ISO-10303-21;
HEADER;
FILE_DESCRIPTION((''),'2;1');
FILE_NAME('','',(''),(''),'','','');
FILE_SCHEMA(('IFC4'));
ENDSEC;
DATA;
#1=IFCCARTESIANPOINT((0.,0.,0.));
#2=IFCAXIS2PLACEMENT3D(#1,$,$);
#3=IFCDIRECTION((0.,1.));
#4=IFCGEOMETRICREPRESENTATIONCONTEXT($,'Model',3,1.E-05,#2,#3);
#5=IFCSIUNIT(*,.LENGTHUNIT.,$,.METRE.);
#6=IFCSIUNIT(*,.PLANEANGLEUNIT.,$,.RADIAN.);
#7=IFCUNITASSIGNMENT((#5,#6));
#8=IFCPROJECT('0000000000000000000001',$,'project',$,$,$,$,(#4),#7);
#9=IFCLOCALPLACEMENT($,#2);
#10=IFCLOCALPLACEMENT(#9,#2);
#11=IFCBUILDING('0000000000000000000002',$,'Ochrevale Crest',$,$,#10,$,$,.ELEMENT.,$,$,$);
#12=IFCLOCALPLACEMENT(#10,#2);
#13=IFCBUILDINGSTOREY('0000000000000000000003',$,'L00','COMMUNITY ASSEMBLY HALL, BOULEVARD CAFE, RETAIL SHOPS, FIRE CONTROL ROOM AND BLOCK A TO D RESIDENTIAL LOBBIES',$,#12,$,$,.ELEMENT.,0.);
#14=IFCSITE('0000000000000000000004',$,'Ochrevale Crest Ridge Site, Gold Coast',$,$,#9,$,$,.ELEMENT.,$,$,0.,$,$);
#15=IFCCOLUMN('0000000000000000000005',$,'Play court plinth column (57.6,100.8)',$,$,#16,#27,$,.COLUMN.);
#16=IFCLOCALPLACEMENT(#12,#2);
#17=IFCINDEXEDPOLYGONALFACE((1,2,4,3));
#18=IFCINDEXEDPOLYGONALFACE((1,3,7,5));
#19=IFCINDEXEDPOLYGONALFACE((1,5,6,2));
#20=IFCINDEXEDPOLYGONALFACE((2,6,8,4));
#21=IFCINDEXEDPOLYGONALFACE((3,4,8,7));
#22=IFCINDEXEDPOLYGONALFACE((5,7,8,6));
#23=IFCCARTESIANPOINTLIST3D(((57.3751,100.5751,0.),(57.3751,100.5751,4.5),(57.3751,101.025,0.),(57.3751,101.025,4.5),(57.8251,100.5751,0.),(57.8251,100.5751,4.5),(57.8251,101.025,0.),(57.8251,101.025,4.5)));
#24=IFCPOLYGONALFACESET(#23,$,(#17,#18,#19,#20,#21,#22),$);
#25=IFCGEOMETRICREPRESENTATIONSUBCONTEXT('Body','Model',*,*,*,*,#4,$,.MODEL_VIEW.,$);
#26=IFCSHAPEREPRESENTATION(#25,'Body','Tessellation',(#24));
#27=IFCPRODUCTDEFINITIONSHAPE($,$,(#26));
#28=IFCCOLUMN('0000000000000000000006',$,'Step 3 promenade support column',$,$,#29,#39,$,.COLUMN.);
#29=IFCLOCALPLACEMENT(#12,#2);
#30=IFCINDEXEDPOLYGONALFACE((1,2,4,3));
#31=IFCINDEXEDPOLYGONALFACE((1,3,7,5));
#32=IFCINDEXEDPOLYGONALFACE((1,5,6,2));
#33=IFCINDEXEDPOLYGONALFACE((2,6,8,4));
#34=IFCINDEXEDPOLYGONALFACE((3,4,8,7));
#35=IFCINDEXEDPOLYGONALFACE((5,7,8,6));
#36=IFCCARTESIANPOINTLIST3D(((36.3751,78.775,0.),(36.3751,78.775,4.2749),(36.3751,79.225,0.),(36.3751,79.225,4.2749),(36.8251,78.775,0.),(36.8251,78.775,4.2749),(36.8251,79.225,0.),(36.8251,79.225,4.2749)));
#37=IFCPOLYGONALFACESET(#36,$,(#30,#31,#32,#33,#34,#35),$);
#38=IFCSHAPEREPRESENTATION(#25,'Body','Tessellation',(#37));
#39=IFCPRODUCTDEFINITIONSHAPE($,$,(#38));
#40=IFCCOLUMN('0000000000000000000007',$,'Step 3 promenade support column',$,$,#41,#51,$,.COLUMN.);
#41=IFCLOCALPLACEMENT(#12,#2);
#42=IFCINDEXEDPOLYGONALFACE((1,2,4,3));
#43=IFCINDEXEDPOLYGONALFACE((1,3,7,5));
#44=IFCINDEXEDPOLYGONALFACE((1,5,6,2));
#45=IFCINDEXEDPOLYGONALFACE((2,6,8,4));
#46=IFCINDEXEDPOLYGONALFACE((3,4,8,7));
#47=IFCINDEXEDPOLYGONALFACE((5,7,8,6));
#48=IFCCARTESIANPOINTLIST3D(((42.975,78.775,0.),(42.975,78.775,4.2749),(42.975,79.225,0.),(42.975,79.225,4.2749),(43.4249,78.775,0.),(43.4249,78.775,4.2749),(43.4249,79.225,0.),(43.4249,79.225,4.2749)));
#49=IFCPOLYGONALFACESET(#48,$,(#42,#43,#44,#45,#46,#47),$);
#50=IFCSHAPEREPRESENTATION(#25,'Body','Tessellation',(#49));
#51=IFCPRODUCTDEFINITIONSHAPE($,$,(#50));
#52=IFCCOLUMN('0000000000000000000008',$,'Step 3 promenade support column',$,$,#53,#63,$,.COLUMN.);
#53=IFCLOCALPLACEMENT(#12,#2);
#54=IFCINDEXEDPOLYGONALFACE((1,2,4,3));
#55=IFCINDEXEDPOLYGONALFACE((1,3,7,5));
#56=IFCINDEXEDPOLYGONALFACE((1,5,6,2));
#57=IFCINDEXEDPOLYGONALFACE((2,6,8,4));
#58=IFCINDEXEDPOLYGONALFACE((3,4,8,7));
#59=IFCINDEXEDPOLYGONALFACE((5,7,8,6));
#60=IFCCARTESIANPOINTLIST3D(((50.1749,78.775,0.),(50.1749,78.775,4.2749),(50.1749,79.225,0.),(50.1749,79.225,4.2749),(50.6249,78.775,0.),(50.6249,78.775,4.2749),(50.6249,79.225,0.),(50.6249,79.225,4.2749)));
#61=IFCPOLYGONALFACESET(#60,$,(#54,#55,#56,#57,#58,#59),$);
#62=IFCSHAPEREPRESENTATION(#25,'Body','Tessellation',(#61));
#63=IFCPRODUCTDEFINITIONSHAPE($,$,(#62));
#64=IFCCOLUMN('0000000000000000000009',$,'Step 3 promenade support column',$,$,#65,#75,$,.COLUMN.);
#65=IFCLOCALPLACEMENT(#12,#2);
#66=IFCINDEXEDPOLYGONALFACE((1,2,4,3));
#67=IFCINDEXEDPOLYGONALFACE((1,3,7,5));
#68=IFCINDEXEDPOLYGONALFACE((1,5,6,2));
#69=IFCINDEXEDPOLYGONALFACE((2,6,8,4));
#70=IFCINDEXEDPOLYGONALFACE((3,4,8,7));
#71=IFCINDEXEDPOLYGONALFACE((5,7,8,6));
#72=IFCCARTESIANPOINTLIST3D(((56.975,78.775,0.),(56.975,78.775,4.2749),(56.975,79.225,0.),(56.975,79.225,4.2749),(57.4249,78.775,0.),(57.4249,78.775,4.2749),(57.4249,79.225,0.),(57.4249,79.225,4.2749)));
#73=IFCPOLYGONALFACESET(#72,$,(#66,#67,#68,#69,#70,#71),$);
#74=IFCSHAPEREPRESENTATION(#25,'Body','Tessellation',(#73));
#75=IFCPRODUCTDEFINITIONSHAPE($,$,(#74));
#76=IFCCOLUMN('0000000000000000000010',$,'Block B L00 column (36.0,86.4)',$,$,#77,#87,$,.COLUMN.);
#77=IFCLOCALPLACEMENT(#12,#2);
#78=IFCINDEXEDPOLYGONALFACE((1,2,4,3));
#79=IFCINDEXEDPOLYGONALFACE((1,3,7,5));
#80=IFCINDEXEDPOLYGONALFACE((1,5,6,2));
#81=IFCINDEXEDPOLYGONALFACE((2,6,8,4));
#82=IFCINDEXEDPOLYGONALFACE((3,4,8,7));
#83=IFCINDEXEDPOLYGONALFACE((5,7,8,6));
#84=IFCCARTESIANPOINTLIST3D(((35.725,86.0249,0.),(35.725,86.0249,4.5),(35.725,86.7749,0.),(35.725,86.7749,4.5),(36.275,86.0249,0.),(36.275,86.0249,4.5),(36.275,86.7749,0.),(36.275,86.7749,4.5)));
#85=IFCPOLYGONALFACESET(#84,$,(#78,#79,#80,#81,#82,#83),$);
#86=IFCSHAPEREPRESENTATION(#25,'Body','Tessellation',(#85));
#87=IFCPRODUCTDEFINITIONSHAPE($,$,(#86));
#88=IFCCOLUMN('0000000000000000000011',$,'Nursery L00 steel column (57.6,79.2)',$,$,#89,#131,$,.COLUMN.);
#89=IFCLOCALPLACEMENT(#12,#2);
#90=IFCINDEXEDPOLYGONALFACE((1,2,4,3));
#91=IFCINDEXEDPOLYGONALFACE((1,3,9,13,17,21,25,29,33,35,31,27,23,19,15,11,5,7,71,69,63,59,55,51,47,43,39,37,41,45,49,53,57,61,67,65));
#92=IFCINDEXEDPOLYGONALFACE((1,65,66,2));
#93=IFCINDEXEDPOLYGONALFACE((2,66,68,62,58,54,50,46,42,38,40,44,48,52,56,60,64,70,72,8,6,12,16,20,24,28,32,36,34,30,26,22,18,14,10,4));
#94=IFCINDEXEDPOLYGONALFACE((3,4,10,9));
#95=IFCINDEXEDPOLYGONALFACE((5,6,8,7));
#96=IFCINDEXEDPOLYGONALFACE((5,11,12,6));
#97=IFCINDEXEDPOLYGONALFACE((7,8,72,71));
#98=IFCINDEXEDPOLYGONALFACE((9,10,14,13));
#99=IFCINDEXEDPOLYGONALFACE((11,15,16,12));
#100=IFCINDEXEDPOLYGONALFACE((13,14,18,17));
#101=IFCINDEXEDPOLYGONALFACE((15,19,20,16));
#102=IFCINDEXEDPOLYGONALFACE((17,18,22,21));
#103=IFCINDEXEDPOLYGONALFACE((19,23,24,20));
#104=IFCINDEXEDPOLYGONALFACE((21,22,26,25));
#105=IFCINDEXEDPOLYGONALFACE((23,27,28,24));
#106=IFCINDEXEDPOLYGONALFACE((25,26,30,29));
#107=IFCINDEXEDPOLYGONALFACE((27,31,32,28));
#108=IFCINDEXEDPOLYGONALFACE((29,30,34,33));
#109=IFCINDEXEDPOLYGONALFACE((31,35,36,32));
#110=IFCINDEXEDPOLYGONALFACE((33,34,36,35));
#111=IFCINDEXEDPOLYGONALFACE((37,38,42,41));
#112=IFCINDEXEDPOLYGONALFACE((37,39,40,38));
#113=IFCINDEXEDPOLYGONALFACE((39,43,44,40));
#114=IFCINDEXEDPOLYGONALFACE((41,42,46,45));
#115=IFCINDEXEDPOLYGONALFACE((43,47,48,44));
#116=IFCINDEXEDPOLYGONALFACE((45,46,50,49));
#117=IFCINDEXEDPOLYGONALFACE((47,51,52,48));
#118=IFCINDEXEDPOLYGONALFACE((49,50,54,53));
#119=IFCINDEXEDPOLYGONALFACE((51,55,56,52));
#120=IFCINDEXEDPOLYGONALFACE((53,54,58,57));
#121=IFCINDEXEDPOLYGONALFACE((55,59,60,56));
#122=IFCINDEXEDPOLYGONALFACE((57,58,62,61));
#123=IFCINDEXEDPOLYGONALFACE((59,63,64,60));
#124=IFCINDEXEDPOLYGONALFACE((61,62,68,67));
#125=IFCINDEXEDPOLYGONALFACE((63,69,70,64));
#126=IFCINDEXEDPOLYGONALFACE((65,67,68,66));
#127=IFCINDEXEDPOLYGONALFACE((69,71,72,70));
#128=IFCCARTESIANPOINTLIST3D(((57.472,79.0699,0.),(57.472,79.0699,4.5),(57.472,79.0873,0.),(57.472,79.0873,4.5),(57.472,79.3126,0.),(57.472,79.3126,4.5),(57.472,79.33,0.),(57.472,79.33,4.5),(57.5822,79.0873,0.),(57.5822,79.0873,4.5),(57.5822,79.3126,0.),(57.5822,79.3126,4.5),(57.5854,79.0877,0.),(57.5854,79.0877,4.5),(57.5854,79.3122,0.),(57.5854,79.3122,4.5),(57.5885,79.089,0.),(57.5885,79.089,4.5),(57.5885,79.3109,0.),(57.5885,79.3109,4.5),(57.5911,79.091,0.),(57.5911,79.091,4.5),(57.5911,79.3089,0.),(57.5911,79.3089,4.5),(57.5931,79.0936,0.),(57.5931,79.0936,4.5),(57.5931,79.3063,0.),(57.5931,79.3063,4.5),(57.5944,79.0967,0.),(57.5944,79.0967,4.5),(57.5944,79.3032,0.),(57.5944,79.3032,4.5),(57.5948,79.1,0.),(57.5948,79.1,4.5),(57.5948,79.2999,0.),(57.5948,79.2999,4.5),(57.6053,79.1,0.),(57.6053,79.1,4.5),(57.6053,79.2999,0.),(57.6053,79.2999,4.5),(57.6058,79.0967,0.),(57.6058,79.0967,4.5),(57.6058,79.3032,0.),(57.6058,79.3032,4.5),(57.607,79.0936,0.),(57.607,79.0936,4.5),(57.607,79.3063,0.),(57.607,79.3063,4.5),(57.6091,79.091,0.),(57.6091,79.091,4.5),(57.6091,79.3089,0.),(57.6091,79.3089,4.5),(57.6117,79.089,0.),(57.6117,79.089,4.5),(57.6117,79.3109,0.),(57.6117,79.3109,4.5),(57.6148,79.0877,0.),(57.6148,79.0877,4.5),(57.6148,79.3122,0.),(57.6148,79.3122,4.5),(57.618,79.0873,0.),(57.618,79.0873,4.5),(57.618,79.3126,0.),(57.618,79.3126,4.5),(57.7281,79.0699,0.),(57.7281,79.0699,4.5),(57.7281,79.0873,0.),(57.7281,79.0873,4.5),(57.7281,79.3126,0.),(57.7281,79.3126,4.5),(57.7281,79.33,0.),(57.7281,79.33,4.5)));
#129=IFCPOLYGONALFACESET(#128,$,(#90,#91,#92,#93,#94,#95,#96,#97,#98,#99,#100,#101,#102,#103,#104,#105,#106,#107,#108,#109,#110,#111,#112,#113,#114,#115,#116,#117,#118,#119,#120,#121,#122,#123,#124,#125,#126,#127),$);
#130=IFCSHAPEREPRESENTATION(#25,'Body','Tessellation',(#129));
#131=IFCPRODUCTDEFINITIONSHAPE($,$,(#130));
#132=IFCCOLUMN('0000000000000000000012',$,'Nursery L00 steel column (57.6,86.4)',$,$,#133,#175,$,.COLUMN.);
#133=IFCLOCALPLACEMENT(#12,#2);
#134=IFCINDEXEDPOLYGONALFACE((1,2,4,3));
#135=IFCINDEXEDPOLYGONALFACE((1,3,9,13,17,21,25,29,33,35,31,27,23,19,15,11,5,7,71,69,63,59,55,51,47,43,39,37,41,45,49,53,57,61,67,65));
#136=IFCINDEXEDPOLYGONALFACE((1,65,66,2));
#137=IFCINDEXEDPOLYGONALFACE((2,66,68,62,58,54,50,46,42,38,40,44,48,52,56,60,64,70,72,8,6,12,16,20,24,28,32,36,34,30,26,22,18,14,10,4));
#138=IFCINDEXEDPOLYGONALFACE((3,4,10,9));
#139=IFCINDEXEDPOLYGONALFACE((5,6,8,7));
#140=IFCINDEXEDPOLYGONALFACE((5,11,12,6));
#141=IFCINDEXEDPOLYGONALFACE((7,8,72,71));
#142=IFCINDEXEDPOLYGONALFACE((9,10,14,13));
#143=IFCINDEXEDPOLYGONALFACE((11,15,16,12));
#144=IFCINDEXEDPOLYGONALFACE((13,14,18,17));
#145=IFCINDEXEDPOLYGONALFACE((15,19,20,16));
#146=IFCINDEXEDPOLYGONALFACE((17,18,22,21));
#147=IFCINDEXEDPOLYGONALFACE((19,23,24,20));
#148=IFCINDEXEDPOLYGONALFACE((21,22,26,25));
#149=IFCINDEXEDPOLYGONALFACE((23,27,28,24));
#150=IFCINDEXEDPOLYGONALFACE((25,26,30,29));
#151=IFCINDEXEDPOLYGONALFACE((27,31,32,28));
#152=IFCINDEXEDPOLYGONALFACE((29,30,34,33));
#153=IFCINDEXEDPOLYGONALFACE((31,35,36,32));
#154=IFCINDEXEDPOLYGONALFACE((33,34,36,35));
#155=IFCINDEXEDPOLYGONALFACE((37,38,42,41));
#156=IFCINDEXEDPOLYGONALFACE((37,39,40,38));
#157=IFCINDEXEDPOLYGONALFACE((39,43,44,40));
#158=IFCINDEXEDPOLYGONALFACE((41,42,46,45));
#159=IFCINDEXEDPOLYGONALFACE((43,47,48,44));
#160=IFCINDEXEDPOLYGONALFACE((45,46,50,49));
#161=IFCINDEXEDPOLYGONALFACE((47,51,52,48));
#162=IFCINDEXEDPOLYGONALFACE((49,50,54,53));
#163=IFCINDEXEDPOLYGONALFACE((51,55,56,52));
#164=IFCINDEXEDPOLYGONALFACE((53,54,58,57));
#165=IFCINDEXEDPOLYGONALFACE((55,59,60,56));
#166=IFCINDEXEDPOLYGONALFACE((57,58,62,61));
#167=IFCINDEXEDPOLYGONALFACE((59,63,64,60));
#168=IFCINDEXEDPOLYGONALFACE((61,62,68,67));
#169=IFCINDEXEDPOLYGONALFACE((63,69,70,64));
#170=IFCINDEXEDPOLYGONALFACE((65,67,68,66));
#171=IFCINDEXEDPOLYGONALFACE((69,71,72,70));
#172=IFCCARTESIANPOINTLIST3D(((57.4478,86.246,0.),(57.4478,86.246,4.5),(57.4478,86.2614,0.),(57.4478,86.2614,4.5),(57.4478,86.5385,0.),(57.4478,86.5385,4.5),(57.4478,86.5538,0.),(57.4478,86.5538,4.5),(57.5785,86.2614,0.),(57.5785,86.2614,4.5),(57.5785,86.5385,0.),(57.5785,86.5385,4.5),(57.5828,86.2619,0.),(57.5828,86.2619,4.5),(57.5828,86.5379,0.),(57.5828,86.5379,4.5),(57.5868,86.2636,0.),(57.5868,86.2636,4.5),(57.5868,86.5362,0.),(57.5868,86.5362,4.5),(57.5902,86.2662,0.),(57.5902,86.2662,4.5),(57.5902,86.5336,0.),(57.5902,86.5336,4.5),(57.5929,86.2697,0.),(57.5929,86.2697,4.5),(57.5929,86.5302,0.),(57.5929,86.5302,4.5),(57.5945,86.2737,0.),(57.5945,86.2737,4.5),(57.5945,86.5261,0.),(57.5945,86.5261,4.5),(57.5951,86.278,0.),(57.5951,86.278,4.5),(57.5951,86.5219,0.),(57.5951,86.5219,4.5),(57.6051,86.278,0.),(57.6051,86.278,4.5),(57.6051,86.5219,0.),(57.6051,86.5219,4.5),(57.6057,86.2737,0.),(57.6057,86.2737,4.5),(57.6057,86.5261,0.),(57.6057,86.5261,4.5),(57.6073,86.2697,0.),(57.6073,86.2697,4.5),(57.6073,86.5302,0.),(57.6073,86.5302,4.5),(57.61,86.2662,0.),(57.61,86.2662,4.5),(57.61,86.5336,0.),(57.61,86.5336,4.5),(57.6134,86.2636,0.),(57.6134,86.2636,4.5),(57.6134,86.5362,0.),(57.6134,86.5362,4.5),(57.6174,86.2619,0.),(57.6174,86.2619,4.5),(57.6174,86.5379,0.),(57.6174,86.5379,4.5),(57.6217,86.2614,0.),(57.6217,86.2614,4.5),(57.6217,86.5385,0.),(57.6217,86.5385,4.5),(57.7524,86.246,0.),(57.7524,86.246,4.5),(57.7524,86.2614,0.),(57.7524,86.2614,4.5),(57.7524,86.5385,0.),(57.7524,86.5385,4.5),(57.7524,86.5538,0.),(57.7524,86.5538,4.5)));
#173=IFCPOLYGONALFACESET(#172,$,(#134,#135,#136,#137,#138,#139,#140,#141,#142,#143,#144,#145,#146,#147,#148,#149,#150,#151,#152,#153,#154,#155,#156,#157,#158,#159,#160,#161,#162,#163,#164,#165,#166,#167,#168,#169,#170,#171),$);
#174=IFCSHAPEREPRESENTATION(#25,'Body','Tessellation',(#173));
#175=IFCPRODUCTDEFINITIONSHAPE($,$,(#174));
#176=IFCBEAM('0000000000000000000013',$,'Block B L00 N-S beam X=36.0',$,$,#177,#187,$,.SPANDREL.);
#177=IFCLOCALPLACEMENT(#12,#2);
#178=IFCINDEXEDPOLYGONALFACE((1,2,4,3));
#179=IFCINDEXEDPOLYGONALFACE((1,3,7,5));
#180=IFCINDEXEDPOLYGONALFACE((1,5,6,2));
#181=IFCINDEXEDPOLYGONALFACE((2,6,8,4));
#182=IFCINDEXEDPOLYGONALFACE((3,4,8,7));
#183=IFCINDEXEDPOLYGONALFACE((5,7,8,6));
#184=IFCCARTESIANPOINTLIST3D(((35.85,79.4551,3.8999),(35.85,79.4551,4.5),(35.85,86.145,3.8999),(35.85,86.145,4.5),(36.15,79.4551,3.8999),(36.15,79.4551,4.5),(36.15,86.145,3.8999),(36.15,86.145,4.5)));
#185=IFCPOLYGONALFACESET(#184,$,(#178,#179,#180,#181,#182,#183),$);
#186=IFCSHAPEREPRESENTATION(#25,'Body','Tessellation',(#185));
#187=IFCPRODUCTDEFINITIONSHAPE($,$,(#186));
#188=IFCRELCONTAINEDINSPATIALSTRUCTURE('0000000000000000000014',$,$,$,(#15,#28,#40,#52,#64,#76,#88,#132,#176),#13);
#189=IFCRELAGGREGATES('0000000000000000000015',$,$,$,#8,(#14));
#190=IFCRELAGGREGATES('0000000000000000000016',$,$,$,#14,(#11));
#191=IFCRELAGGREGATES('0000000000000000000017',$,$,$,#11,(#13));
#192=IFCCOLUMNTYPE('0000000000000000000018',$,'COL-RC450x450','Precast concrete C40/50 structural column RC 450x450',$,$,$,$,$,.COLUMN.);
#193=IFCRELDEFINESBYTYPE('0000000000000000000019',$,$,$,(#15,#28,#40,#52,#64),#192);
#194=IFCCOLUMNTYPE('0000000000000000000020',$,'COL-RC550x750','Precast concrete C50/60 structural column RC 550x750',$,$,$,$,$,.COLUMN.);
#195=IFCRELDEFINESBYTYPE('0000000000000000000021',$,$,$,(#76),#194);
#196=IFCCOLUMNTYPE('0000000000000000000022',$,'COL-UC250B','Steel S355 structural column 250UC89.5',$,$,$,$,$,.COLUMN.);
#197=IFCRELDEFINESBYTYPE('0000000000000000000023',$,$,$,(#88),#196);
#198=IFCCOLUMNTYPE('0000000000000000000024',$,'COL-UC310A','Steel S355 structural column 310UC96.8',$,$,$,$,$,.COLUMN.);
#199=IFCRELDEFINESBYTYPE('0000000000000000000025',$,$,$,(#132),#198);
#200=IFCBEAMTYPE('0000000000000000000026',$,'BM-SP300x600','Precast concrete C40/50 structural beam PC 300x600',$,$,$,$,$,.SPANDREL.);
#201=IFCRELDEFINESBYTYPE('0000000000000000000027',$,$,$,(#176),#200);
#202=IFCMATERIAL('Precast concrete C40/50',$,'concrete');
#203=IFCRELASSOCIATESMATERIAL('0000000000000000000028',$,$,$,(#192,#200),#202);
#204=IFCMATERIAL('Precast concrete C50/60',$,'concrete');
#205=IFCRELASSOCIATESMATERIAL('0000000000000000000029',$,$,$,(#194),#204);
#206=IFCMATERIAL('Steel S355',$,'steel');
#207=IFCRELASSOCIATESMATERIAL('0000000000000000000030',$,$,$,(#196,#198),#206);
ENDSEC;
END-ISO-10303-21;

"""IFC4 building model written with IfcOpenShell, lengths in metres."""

from ifc_helpers import new_model, si_unit, direction, frame, origin, origin_2d, place, context, subcontext, project, spatial, rectangle, i_section, extrude, material, material_profile, profile_set, type_object, element, save


model = new_model("IFC4")

# Units and contexts
model_context = context("Model", 3, precision=1e-05, world=origin(), true_north=direction((0.0, 1.0)))
body_context = subcontext(model_context, "Body", "Model", "MODEL_VIEW")
ifc_project = project(units=[si_unit("LENGTHUNIT", "METRE"), si_unit("PLANEANGLEUNIT", "RADIAN")], contexts=[model_context])

# Site, building, storey
site_placement = place(None, origin())
site = spatial("IfcSite", under=ifc_project, at=site_placement, Name="Ochrevale Crest Ridge Site, Gold Coast", CompositionType="ELEMENT", RefElevation=0.0)
building_placement = place(site_placement, origin())
building = spatial("IfcBuilding", under=site, at=building_placement, Name="Ochrevale Crest", CompositionType="ELEMENT")
storey_placement = place(building_placement, origin())
storey = spatial("IfcBuildingStorey", under=building, at=storey_placement, Name="L00", Description="COMMUNITY ASSEMBLY HALL, BOULEVARD CAFE, RETAIL SHOPS, FIRE CONTROL ROOM AND BLOCK A TO D RESIDENTIAL LOBBIES", CompositionType="ELEMENT", Elevation=0.0)

# Columns
ifc_material_1 = material(Name="Precast concrete C40/50", Category="concrete")
ifc_material_profile_1 = material_profile(ifc_material_1, rectangle(XDim=0.45, YDim=0.45, at=origin_2d()), Name="RC 450x450")
ifc_profile_set_1 = profile_set([ifc_material_profile_1], Name="Precast concrete C40/50")
column_type_1 = type_object("IfcColumnType", Name="COL-RC450x450", Description="Precast concrete C40/50 structural column RC 450x450", PredefinedType="COLUMN", material=ifc_profile_set_1)
column_1_placement = place(storey_placement, frame((57.6001, 100.8, 0.0), z_axis=(0.0, 0.0, 1.0), x_axis=(1.0, 0.0, 0.0)))
element("IfcColumn", 1, at=column_1_placement, inside=storey, type_object=column_type_1, Name="Play court plinth column (57.6,100.8)", PredefinedType="COLUMN", context=body_context, shape_type="SweptSolid", body=[
    extrude(rectangle(XDim=0.45, YDim=0.45, at=origin_2d()), origin(), (0.0, 0.0, 1.0), 4.5),
])
for number, where, z_axis, x_axis, name in (
    (2, (36.6001, 79.0, 0.0), (0.0, 0.0, 1.0), (1.0, 0.0, 0.0), "Step 3 promenade support column"),
    (3, (43.2, 79.0, 0.0), (0.0, 0.0, 1.0), (1.0, 0.0, 0.0), "Step 3 promenade support column"),
    (4, (50.3999, 79.0, 0.0), (0.0, 0.0, 1.0), (1.0, 0.0, 0.0), "Step 3 promenade support column"),
    (5, (57.2, 79.0, 0.0), (0.0, 0.0, 1.0), (1.0, 0.0, 0.0), "Step 3 promenade support column"),
):
    element("IfcColumn", number, at=place(storey_placement, frame(where, z_axis=z_axis, x_axis=x_axis)), inside=storey, type_object=column_type_1, Name=name, PredefinedType="COLUMN", context=body_context, shape_type="SweptSolid", body=[
        extrude(rectangle(XDim=0.45, YDim=0.45, at=origin_2d()), origin(), (0.0, 0.0, 1.0), 4.2749),
    ])
ifc_material_2 = material(Name="Precast concrete C50/60", Category="concrete")
ifc_material_profile_2 = material_profile(ifc_material_2, rectangle(XDim=0.55, YDim=0.75, at=origin_2d()), Name="RC 550x750")
ifc_profile_set_2 = profile_set([ifc_material_profile_2], Name="Precast concrete C50/60")
column_type_2 = type_object("IfcColumnType", Name="COL-RC550x750", Description="Precast concrete C50/60 structural column RC 550x750", PredefinedType="COLUMN", material=ifc_profile_set_2)
column_2_placement = place(storey_placement, frame((36.0, 86.3999, 0.0), z_axis=(0.0, 0.0, 1.0), x_axis=(1.0, 0.0, 0.0)))
element("IfcColumn", 6, at=column_2_placement, inside=storey, type_object=column_type_2, Name="Block B L00 column (36.0,86.4)", PredefinedType="COLUMN", context=body_context, shape_type="SweptSolid", body=[
    extrude(rectangle(XDim=0.55, YDim=0.75, at=origin_2d()), origin(), (0.0, 0.0, 1.0), 4.5),
])
ifc_material_3 = material(Name="Steel S355", Category="steel")
ifc_material_profile_3 = material_profile(ifc_material_3, i_section(OverallWidth=0.2561, OverallDepth=0.26, WebThickness=0.0105, FlangeThickness=0.0173, FilletRadius=0.0127, at=origin_2d()), Name="250UC89.5")
ifc_profile_set_3 = profile_set([ifc_material_profile_3], Name="Steel S355")
column_type_3 = type_object("IfcColumnType", Name="COL-UC250B", Description="Steel S355 structural column 250UC89.5", PredefinedType="COLUMN", material=ifc_profile_set_3)
column_3_placement = place(storey_placement, frame((57.6001, 79.2, 0.0), z_axis=(0.0, 0.0, 1.0), x_axis=(1.0, 0.0, 0.0)))
element("IfcColumn", 7, at=column_3_placement, inside=storey, type_object=column_type_3, Name="Nursery L00 steel column (57.6,79.2)", PredefinedType="COLUMN", context=body_context, shape_type="SweptSolid", body=[
    extrude(i_section(OverallWidth=0.2561, OverallDepth=0.26, WebThickness=0.0105, FlangeThickness=0.0173, FilletRadius=0.0127, at=origin_2d()), origin(), (0.0, 0.0, 1.0), 4.5),
])
ifc_material_profile_4 = material_profile(ifc_material_3, i_section(OverallWidth=0.3047, OverallDepth=0.3079, WebThickness=0.01, FlangeThickness=0.0154, FilletRadius=0.0166, at=origin_2d()), Name="310UC96.8")
ifc_profile_set_4 = profile_set([ifc_material_profile_4], Name="Steel S355")
column_type_4 = type_object("IfcColumnType", Name="COL-UC310A", Description="Steel S355 structural column 310UC96.8", PredefinedType="COLUMN", material=ifc_profile_set_4)
column_4_placement = place(storey_placement, frame((57.6001, 86.3999, 0.0), z_axis=(0.0, 0.0, 1.0), x_axis=(1.0, 0.0, 0.0)))
element("IfcColumn", 8, at=column_4_placement, inside=storey, type_object=column_type_4, Name="Nursery L00 steel column (57.6,86.4)", PredefinedType="COLUMN", context=body_context, shape_type="SweptSolid", body=[
    extrude(i_section(OverallWidth=0.3047, OverallDepth=0.3079, WebThickness=0.01, FlangeThickness=0.0154, FilletRadius=0.0166, at=origin_2d()), origin(), (0.0, 0.0, 1.0), 4.5),
])

# Beam
ifc_material_profile_5 = material_profile(ifc_material_1, rectangle(XDim=0.3, YDim=0.6001, at=origin_2d()), Name="PC 300x600")
ifc_profile_set_5 = profile_set([ifc_material_profile_5], Name="Precast concrete C40/50")
beam_type = type_object("IfcBeamType", Name="BM-SP300x600", Description="Precast concrete C40/50 structural beam PC 300x600", PredefinedType="SPANDREL", material=ifc_profile_set_5)
beam_placement = place(storey_placement, frame((36.0, 79.4551, 4.2), z_axis=(0.0, 1.0, 0.0), x_axis=(-1.0, 0.0, 0.0)))
element("IfcBeam", 9, at=beam_placement, inside=storey, type_object=beam_type, Name="Block B L00 N-S beam X=36.0", PredefinedType="SPANDREL", context=body_context, shape_type="SweptSolid", body=[
    extrude(rectangle(XDim=0.3, YDim=0.6001, at=origin_2d()), origin(), (0.0, 0.0, 1.0), 6.6899),
])

save(model, "model.ifc")
